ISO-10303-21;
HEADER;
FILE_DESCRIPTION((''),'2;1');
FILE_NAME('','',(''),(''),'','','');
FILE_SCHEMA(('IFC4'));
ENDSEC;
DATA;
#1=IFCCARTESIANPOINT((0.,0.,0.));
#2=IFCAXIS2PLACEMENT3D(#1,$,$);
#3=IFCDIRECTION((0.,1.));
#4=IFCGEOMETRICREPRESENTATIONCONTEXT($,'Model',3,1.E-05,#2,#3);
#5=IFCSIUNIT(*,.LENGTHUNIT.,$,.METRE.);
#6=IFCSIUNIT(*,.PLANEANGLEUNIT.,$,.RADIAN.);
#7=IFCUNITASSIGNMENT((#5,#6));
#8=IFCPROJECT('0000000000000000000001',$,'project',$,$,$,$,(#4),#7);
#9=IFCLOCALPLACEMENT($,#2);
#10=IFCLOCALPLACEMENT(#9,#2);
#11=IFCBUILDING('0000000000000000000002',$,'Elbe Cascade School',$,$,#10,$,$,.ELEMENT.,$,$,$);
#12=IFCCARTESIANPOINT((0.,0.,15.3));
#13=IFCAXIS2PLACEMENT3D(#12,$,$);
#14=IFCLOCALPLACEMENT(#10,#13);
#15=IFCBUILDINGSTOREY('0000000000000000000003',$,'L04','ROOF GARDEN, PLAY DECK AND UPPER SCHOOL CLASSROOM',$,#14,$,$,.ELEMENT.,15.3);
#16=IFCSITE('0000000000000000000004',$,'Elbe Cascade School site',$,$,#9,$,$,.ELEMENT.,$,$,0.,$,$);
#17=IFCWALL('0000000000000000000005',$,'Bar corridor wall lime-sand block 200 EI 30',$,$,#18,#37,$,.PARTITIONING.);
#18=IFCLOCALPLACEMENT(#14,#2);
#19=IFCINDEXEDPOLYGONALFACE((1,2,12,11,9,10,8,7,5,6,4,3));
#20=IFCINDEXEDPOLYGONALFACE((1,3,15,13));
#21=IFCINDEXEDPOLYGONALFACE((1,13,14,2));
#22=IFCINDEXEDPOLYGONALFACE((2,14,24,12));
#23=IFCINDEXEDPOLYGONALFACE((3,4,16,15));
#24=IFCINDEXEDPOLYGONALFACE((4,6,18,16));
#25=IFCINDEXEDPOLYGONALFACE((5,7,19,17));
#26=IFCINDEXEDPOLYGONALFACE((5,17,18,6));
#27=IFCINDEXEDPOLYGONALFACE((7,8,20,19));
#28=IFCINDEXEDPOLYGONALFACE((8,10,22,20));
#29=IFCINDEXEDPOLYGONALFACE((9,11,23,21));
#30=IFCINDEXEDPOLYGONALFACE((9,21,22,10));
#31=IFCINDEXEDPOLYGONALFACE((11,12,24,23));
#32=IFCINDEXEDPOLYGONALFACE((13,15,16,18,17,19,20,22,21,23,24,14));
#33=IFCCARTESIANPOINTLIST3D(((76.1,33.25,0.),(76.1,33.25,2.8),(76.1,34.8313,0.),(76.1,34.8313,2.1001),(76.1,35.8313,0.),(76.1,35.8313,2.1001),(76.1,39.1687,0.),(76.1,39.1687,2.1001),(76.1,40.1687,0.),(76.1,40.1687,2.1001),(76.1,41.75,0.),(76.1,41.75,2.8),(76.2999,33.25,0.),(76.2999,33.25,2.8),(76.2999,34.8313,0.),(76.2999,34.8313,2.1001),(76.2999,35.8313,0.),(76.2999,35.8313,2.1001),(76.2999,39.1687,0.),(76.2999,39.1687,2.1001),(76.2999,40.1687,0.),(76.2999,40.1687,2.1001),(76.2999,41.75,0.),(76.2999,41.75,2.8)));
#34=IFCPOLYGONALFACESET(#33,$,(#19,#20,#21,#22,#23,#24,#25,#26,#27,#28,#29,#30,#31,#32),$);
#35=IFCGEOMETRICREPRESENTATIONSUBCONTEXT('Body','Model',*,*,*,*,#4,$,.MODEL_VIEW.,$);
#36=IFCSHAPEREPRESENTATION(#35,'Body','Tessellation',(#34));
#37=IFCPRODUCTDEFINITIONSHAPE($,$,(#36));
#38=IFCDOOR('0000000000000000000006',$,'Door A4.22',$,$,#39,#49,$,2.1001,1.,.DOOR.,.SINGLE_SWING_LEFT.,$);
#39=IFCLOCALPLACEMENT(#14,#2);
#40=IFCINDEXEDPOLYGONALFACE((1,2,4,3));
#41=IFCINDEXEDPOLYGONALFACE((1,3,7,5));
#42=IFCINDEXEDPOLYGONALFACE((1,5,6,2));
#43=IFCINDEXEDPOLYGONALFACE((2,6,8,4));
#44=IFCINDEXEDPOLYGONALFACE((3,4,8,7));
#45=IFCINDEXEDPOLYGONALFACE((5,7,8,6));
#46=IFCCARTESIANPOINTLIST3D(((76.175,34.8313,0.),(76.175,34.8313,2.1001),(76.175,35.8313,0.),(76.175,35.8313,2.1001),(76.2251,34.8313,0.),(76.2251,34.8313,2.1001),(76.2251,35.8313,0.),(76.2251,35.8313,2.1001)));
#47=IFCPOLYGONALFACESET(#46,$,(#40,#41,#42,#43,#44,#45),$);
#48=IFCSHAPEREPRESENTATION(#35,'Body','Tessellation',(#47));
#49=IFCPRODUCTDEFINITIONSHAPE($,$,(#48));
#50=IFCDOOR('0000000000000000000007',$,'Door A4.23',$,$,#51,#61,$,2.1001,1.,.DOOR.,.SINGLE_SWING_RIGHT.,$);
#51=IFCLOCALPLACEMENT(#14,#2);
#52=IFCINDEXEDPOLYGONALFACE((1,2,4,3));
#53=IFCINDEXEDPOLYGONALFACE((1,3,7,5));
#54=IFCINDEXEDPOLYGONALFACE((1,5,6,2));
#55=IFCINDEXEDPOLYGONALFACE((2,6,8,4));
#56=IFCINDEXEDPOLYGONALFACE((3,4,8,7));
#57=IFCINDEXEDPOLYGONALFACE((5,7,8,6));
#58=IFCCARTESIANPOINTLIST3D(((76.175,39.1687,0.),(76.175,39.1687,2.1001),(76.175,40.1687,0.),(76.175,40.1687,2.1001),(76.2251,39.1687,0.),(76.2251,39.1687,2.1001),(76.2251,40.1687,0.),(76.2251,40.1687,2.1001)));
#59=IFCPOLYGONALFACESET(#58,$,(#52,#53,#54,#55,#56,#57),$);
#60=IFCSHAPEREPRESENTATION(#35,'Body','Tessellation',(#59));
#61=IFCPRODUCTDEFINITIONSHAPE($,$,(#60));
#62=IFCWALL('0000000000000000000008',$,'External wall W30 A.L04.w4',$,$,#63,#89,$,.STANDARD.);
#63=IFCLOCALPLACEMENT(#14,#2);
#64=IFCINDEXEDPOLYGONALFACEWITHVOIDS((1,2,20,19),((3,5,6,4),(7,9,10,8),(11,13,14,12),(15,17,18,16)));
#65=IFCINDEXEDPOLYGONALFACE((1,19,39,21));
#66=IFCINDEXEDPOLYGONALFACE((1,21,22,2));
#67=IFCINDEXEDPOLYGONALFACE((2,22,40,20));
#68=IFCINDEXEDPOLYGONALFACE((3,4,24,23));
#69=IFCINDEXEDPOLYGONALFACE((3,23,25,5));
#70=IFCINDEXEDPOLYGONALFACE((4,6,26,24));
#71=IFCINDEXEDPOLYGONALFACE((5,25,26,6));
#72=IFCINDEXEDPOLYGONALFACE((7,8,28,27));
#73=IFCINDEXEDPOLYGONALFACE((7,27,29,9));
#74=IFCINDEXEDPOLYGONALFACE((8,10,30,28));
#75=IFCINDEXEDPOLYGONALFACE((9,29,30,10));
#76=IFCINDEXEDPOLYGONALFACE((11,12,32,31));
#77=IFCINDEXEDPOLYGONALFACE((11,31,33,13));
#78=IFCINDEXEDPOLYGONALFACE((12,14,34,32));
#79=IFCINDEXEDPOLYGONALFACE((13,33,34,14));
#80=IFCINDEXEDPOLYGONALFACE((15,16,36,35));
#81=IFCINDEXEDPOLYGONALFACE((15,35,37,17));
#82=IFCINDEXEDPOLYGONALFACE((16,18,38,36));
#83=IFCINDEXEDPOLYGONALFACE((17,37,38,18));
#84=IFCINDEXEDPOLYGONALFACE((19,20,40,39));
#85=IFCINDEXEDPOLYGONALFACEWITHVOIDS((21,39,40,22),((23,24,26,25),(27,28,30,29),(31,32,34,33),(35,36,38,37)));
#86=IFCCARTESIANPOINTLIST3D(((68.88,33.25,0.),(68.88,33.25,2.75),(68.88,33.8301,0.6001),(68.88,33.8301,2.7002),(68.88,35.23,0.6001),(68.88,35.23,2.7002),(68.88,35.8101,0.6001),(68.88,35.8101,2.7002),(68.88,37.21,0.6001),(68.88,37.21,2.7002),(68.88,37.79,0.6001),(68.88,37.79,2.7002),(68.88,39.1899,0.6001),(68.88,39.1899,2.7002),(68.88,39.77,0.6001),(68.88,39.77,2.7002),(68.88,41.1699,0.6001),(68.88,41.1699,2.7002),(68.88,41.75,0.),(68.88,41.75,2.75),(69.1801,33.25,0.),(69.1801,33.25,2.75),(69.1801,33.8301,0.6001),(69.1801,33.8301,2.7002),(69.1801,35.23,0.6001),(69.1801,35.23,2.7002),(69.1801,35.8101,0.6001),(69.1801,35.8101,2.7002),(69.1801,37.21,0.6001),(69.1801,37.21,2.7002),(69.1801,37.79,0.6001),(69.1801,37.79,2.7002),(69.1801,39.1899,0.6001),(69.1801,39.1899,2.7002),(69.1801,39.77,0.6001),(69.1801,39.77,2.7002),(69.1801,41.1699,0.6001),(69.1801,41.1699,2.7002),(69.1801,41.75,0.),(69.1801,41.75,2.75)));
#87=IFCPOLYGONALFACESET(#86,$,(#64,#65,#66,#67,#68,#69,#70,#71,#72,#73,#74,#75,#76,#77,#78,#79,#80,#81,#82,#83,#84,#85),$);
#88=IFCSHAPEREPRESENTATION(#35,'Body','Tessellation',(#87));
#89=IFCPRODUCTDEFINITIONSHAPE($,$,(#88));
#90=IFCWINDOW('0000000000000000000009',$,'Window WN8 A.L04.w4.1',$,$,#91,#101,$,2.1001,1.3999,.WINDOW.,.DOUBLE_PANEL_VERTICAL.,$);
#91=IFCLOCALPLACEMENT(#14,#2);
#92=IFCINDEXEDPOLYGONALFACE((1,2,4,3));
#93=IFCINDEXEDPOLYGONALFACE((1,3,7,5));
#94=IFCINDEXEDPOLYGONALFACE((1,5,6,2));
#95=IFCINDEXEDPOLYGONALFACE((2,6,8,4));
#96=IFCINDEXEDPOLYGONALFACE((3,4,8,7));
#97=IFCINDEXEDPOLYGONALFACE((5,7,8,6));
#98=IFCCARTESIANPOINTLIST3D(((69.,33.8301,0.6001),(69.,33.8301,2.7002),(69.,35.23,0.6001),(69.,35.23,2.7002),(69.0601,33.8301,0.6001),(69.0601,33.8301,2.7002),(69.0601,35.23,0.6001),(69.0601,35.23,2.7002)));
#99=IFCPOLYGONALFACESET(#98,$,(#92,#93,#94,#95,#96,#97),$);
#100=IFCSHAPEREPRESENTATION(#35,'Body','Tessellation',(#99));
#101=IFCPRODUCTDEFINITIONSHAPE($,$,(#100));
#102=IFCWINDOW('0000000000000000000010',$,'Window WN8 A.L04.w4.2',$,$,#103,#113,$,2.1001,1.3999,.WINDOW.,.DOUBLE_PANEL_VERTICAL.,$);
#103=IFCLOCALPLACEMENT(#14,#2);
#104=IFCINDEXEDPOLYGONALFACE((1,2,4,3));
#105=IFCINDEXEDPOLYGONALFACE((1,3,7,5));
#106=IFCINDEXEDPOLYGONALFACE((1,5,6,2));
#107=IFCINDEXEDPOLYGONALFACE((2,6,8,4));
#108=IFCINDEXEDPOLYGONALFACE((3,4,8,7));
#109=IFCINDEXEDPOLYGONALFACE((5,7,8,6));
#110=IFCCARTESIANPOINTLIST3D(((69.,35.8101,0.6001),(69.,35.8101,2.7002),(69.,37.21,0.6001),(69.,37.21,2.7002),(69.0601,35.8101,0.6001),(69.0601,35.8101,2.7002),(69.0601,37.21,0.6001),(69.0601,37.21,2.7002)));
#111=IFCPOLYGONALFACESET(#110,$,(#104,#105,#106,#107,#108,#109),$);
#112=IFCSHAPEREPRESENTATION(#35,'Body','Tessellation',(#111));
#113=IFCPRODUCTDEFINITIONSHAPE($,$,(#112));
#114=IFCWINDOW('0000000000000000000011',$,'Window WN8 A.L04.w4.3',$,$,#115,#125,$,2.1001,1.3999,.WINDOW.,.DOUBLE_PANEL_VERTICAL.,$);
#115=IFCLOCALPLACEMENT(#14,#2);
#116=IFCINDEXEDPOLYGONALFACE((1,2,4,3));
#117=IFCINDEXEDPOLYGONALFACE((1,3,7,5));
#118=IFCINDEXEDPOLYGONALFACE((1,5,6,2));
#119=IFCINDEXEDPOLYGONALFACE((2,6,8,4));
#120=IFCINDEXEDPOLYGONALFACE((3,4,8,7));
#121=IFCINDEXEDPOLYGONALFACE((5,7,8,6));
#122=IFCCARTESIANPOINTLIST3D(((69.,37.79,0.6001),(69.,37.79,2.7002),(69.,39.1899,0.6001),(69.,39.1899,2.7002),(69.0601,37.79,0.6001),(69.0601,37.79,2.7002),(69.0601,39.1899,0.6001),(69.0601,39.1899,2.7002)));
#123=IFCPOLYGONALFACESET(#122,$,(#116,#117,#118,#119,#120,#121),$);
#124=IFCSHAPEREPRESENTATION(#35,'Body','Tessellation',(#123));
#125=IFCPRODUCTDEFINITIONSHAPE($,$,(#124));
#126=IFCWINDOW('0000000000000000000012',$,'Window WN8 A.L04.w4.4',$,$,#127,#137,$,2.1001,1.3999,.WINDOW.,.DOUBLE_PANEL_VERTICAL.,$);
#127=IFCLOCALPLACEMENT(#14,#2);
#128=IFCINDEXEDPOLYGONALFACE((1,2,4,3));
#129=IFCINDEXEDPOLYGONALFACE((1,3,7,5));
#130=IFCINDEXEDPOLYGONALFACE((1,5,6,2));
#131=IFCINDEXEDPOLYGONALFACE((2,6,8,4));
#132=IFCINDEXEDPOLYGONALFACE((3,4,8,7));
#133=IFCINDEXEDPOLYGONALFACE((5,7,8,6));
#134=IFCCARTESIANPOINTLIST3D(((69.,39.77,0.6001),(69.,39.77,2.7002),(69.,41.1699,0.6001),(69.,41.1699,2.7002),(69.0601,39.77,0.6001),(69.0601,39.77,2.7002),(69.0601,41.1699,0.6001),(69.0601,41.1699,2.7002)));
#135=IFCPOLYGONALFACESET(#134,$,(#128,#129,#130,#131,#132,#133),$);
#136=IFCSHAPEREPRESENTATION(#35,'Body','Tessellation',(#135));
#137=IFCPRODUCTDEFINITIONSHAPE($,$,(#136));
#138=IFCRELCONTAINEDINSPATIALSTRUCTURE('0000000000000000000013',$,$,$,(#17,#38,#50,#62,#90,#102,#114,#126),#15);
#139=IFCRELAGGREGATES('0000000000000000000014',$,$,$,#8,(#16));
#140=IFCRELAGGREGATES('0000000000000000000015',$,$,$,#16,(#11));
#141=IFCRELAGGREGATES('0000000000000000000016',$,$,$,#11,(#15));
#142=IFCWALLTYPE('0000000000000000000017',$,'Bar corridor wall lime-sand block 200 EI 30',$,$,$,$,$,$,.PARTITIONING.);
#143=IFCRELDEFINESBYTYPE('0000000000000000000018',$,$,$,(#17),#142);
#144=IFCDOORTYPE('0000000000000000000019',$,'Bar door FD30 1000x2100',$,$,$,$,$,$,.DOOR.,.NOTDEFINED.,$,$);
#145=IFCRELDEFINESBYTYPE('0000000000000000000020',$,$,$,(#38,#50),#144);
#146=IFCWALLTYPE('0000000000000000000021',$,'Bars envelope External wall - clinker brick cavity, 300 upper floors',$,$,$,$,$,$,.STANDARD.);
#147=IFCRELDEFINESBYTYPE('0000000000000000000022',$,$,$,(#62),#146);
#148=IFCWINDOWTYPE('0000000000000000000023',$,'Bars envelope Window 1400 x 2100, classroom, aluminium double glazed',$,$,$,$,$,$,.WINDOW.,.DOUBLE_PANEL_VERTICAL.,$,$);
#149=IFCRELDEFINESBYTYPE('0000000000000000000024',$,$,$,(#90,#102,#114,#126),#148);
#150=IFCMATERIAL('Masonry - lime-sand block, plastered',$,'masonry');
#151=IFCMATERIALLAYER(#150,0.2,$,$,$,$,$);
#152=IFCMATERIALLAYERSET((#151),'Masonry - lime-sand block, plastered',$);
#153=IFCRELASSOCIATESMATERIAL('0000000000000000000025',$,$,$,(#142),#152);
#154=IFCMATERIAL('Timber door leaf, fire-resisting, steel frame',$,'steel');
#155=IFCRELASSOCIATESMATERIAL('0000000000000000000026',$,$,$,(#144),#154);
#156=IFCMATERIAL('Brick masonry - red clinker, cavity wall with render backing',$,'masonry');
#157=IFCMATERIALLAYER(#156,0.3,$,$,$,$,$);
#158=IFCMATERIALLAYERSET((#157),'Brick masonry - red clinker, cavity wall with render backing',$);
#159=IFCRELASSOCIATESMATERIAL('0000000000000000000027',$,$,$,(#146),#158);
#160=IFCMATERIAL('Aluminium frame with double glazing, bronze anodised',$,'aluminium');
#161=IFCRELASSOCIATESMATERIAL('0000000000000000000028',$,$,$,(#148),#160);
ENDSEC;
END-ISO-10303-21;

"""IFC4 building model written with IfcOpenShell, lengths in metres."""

from ifc_helpers import new_model, si_unit, direction, frame, frame_2d, origin, place, context, subcontext, project, spatial, rectangle, extrude, material, layer, layer_set, type_object, element, fill, save


model = new_model("IFC4")

# Units and contexts
model_context = context("Model", 3, precision=1e-05, world=origin(), true_north=direction((0.0, 1.0)))
body_context = subcontext(model_context, "Body", "Model", "MODEL_VIEW")
ifc_project = project(units=[si_unit("LENGTHUNIT", "METRE"), si_unit("PLANEANGLEUNIT", "RADIAN")], contexts=[model_context])

# Site, building, storey
site_placement = place(None, origin())
site = spatial("IfcSite", under=ifc_project, at=site_placement, Name="Elbe Cascade School site", CompositionType="ELEMENT", RefElevation=0.0)
building_placement = place(site_placement, origin())
building = spatial("IfcBuilding", under=site, at=building_placement, Name="Elbe Cascade School", CompositionType="ELEMENT")
storey_placement = place(building_placement, frame((0.0, 0.0, 15.3)))
storey = spatial("IfcBuildingStorey", under=building, at=storey_placement, Name="L04", Description="ROOF GARDEN, PLAY DECK AND UPPER SCHOOL CLASSROOM", CompositionType="ELEMENT", Elevation=15.3)

# Wall, openings, doors
ifc_material_1 = material(Name="Masonry - lime-sand block, plastered", Category="masonry")
ifc_layer_1 = layer(ifc_material_1, 0.2)
ifc_layer_set_1 = layer_set([ifc_layer_1], Name="Masonry - lime-sand block, plastered")
wall_type_1 = type_object("IfcWallType", Name="Bar corridor wall lime-sand block 200 EI 30", PredefinedType="PARTITIONING", material=ifc_layer_set_1)
wall_1_placement = place(storey_placement, frame((76.2, 33.25, 0.0), z_axis=(0.0, 0.0, 1.0), x_axis=(0.0, 1.0, 0.0)))
wall_1 = element("IfcWall", 1, at=wall_1_placement, inside=storey, type_object=wall_type_1, Name="Bar corridor wall lime-sand block 200 EI 30", PredefinedType="PARTITIONING", context=body_context, shape_type="SweptSolid", body=[
    extrude(rectangle(XDim=8.5, YDim=0.2, at=frame_2d((4.25, 0.0))), origin(), (0.0, 0.0, 1.0), 2.8),
])
opening_1_placement = place(wall_1_placement, frame((1.5813, 0.0, 0.0)))
opening_1 = element("IfcOpeningElement", 2, at=opening_1_placement, cuts=wall_1, PredefinedType="OPENING", context=body_context, shape_type="SweptSolid", body=[
    extrude(rectangle(XDim=1.0, YDim=2.1001, at=frame_2d((0.5, 1.05))), frame((0.0, 0.1099, 0.0), z_axis=(0.0, -1.0, 0.0), x_axis=(1.0, 0.0, 0.0)), (0.0, 0.0, 1.0), 0.22),
])
opening_2_placement = place(wall_1_placement, frame((5.9187, 0.0, 0.0)))
opening_2 = element("IfcOpeningElement", 3, at=opening_2_placement, cuts=wall_1, PredefinedType="OPENING", context=body_context, shape_type="SweptSolid", body=[
    extrude(rectangle(XDim=1.0, YDim=2.1001, at=frame_2d((0.5, 1.05))), frame((0.0, 0.1099, 0.0), z_axis=(0.0, -1.0, 0.0), x_axis=(1.0, 0.0, 0.0)), (0.0, 0.0, 1.0), 0.22),
])
ifc_material_2 = material(Name="Timber door leaf, fire-resisting, steel frame", Category="steel")
door_type = type_object("IfcDoorType", Name="Bar door FD30 1000x2100", OperationType="NOTDEFINED", PredefinedType="DOOR", material=ifc_material_2)
door_1_placement = place(opening_1_placement, origin())
door_1 = element("IfcDoor", 4, at=door_1_placement, inside=storey, type_object=door_type, Name="Door A4.22", OperationType="SINGLE_SWING_LEFT", OverallHeight=2.1001, OverallWidth=1.0, PredefinedType="DOOR", context=body_context, shape_type="SweptSolid", body=[
    extrude(rectangle(XDim=1.0, YDim=2.1001, at=frame_2d((0.5, 1.05))), frame((0.0, 0.0249, 0.0), z_axis=(0.0, -1.0, 0.0), x_axis=(1.0, 0.0, 0.0)), (0.0, 0.0, 1.0), 0.05),
])
fill(opening_1, door_1)
door_2_placement = place(opening_2_placement, origin())
door_2 = element("IfcDoor", 5, at=door_2_placement, inside=storey, type_object=door_type, Name="Door A4.23", OperationType="SINGLE_SWING_RIGHT", OverallHeight=2.1001, OverallWidth=1.0, PredefinedType="DOOR", context=body_context, shape_type="SweptSolid", body=[
    extrude(rectangle(XDim=1.0, YDim=2.1001, at=frame_2d((0.5, 1.05))), frame((0.0, 0.0249, 0.0), z_axis=(0.0, -1.0, 0.0), x_axis=(1.0, 0.0, 0.0)), (0.0, 0.0, 1.0), 0.05),
])
fill(opening_2, door_2)

# Wall, openings, windows
ifc_material_3 = material(Name="Brick masonry - red clinker, cavity wall with render backing", Category="masonry")
ifc_layer_2 = layer(ifc_material_3, 0.3)
ifc_layer_set_2 = layer_set([ifc_layer_2], Name="Brick masonry - red clinker, cavity wall with render backing")
wall_type_2 = type_object("IfcWallType", Name="Bars envelope External wall - clinker brick cavity, 300 upper floors", PredefinedType="STANDARD", material=ifc_layer_set_2)
wall_2_placement = place(storey_placement, frame((69.03, 33.25, 0.0), z_axis=(0.0, 0.0, 1.0), x_axis=(0.0, 1.0, 0.0)))
wall_2 = element("IfcWall", 6, at=wall_2_placement, inside=storey, type_object=wall_type_2, Name="External wall W30 A.L04.w4", PredefinedType="STANDARD", context=body_context, shape_type="SweptSolid", body=[
    extrude(rectangle(XDim=8.5, YDim=0.3, at=frame_2d((4.25, 0.0))), origin(), (0.0, 0.0, 1.0), 2.75),
])
opening_3_placement = place(wall_2_placement, frame((0.5801, 0.0, 0.6001)))
opening_3 = element("IfcOpeningElement", 7, at=opening_3_placement, cuts=wall_2, PredefinedType="OPENING", context=body_context, shape_type="SweptSolid", body=[
    extrude(rectangle(XDim=1.3999, YDim=2.1001, at=frame_2d((0.7, 1.05))), frame((0.0, 0.1599, 0.0), z_axis=(0.0, -1.0, 0.0), x_axis=(1.0, 0.0, 0.0)), (0.0, 0.0, 1.0), 0.3201),
])
opening_4_placement = place(wall_2_placement, frame((2.5601, 0.0, 0.6001)))
opening_4 = element("IfcOpeningElement", 8, at=opening_4_placement, cuts=wall_2, PredefinedType="OPENING", context=body_context, shape_type="SweptSolid", body=[
    extrude(rectangle(XDim=1.3999, YDim=2.1001, at=frame_2d((0.7, 1.05))), frame((0.0, 0.1599, 0.0), z_axis=(0.0, -1.0, 0.0), x_axis=(1.0, 0.0, 0.0)), (0.0, 0.0, 1.0), 0.3201),
])
opening_5_placement = place(wall_2_placement, frame((4.54, 0.0, 0.6001)))
opening_5 = element("IfcOpeningElement", 9, at=opening_5_placement, cuts=wall_2, PredefinedType="OPENING", context=body_context, shape_type="SweptSolid", body=[
    extrude(rectangle(XDim=1.3999, YDim=2.1001, at=frame_2d((0.7, 1.05))), frame((0.0, 0.1599, 0.0), z_axis=(0.0, -1.0, 0.0), x_axis=(1.0, 0.0, 0.0)), (0.0, 0.0, 1.0), 0.3201),
])
opening_6_placement = place(wall_2_placement, frame((6.52, 0.0, 0.6001)))
opening_6 = element("IfcOpeningElement", 10, at=opening_6_placement, cuts=wall_2, PredefinedType="OPENING", context=body_context, shape_type="SweptSolid", body=[
    extrude(rectangle(XDim=1.3999, YDim=2.1001, at=frame_2d((0.7, 1.05))), frame((0.0, 0.1599, 0.0), z_axis=(0.0, -1.0, 0.0), x_axis=(1.0, 0.0, 0.0)), (0.0, 0.0, 1.0), 0.3201),
])
ifc_material_4 = material(Name="Aluminium frame with double glazing, bronze anodised", Category="aluminium")
window_type = type_object("IfcWindowType", Name="Bars envelope Window 1400 x 2100, classroom, aluminium double glazed", PartitioningType="DOUBLE_PANEL_VERTICAL", PredefinedType="WINDOW", material=ifc_material_4)
window_1_placement = place(opening_3_placement, origin())
window_1 = element("IfcWindow", 11, at=window_1_placement, inside=storey, type_object=window_type, Name="Window WN8 A.L04.w4.1", OverallHeight=2.1001, OverallWidth=1.3999, PartitioningType="DOUBLE_PANEL_VERTICAL", PredefinedType="WINDOW", context=body_context, shape_type="SweptSolid", body=[
    extrude(rectangle(XDim=1.3999, YDim=2.1001, at=frame_2d((0.7, 1.05))), frame((0.0, 0.03, 0.0), z_axis=(0.0, -1.0, 0.0), x_axis=(1.0, 0.0, 0.0)), (0.0, 0.0, 1.0), 0.0601),
])
fill(opening_3, window_1)
window_2_placement = place(opening_4_placement, origin())
window_2 = element("IfcWindow", 12, at=window_2_placement, inside=storey, type_object=window_type, Name="Window WN8 A.L04.w4.2", OverallHeight=2.1001, OverallWidth=1.3999, PartitioningType="DOUBLE_PANEL_VERTICAL", PredefinedType="WINDOW", context=body_context, shape_type="SweptSolid", body=[
    extrude(rectangle(XDim=1.3999, YDim=2.1001, at=frame_2d((0.7, 1.05))), frame((0.0, 0.03, 0.0), z_axis=(0.0, -1.0, 0.0), x_axis=(1.0, 0.0, 0.0)), (0.0, 0.0, 1.0), 0.0601),
])
fill(opening_4, window_2)
window_3_placement = place(opening_5_placement, origin())
window_3 = element("IfcWindow", 13, at=window_3_placement, inside=storey, type_object=window_type, Name="Window WN8 A.L04.w4.3", OverallHeight=2.1001, OverallWidth=1.3999, PartitioningType="DOUBLE_PANEL_VERTICAL", PredefinedType="WINDOW", context=body_context, shape_type="SweptSolid", body=[
    extrude(rectangle(XDim=1.3999, YDim=2.1001, at=frame_2d((0.7, 1.05))), frame((0.0, 0.03, 0.0), z_axis=(0.0, -1.0, 0.0), x_axis=(1.0, 0.0, 0.0)), (0.0, 0.0, 1.0), 0.0601),
])
fill(opening_5, window_3)
window_4_placement = place(opening_6_placement, origin())
window_4 = element("IfcWindow", 14, at=window_4_placement, inside=storey, type_object=window_type, Name="Window WN8 A.L04.w4.4", OverallHeight=2.1001, OverallWidth=1.3999, PartitioningType="DOUBLE_PANEL_VERTICAL", PredefinedType="WINDOW", context=body_context, shape_type="SweptSolid", body=[
    extrude(rectangle(XDim=1.3999, YDim=2.1001, at=frame_2d((0.7, 1.05))), frame((0.0, 0.03, 0.0), z_axis=(0.0, -1.0, 0.0), x_axis=(1.0, 0.0, 0.0)), (0.0, 0.0, 1.0), 0.0601),
])
fill(opening_6, window_4)

save(model, "model.ifc")
